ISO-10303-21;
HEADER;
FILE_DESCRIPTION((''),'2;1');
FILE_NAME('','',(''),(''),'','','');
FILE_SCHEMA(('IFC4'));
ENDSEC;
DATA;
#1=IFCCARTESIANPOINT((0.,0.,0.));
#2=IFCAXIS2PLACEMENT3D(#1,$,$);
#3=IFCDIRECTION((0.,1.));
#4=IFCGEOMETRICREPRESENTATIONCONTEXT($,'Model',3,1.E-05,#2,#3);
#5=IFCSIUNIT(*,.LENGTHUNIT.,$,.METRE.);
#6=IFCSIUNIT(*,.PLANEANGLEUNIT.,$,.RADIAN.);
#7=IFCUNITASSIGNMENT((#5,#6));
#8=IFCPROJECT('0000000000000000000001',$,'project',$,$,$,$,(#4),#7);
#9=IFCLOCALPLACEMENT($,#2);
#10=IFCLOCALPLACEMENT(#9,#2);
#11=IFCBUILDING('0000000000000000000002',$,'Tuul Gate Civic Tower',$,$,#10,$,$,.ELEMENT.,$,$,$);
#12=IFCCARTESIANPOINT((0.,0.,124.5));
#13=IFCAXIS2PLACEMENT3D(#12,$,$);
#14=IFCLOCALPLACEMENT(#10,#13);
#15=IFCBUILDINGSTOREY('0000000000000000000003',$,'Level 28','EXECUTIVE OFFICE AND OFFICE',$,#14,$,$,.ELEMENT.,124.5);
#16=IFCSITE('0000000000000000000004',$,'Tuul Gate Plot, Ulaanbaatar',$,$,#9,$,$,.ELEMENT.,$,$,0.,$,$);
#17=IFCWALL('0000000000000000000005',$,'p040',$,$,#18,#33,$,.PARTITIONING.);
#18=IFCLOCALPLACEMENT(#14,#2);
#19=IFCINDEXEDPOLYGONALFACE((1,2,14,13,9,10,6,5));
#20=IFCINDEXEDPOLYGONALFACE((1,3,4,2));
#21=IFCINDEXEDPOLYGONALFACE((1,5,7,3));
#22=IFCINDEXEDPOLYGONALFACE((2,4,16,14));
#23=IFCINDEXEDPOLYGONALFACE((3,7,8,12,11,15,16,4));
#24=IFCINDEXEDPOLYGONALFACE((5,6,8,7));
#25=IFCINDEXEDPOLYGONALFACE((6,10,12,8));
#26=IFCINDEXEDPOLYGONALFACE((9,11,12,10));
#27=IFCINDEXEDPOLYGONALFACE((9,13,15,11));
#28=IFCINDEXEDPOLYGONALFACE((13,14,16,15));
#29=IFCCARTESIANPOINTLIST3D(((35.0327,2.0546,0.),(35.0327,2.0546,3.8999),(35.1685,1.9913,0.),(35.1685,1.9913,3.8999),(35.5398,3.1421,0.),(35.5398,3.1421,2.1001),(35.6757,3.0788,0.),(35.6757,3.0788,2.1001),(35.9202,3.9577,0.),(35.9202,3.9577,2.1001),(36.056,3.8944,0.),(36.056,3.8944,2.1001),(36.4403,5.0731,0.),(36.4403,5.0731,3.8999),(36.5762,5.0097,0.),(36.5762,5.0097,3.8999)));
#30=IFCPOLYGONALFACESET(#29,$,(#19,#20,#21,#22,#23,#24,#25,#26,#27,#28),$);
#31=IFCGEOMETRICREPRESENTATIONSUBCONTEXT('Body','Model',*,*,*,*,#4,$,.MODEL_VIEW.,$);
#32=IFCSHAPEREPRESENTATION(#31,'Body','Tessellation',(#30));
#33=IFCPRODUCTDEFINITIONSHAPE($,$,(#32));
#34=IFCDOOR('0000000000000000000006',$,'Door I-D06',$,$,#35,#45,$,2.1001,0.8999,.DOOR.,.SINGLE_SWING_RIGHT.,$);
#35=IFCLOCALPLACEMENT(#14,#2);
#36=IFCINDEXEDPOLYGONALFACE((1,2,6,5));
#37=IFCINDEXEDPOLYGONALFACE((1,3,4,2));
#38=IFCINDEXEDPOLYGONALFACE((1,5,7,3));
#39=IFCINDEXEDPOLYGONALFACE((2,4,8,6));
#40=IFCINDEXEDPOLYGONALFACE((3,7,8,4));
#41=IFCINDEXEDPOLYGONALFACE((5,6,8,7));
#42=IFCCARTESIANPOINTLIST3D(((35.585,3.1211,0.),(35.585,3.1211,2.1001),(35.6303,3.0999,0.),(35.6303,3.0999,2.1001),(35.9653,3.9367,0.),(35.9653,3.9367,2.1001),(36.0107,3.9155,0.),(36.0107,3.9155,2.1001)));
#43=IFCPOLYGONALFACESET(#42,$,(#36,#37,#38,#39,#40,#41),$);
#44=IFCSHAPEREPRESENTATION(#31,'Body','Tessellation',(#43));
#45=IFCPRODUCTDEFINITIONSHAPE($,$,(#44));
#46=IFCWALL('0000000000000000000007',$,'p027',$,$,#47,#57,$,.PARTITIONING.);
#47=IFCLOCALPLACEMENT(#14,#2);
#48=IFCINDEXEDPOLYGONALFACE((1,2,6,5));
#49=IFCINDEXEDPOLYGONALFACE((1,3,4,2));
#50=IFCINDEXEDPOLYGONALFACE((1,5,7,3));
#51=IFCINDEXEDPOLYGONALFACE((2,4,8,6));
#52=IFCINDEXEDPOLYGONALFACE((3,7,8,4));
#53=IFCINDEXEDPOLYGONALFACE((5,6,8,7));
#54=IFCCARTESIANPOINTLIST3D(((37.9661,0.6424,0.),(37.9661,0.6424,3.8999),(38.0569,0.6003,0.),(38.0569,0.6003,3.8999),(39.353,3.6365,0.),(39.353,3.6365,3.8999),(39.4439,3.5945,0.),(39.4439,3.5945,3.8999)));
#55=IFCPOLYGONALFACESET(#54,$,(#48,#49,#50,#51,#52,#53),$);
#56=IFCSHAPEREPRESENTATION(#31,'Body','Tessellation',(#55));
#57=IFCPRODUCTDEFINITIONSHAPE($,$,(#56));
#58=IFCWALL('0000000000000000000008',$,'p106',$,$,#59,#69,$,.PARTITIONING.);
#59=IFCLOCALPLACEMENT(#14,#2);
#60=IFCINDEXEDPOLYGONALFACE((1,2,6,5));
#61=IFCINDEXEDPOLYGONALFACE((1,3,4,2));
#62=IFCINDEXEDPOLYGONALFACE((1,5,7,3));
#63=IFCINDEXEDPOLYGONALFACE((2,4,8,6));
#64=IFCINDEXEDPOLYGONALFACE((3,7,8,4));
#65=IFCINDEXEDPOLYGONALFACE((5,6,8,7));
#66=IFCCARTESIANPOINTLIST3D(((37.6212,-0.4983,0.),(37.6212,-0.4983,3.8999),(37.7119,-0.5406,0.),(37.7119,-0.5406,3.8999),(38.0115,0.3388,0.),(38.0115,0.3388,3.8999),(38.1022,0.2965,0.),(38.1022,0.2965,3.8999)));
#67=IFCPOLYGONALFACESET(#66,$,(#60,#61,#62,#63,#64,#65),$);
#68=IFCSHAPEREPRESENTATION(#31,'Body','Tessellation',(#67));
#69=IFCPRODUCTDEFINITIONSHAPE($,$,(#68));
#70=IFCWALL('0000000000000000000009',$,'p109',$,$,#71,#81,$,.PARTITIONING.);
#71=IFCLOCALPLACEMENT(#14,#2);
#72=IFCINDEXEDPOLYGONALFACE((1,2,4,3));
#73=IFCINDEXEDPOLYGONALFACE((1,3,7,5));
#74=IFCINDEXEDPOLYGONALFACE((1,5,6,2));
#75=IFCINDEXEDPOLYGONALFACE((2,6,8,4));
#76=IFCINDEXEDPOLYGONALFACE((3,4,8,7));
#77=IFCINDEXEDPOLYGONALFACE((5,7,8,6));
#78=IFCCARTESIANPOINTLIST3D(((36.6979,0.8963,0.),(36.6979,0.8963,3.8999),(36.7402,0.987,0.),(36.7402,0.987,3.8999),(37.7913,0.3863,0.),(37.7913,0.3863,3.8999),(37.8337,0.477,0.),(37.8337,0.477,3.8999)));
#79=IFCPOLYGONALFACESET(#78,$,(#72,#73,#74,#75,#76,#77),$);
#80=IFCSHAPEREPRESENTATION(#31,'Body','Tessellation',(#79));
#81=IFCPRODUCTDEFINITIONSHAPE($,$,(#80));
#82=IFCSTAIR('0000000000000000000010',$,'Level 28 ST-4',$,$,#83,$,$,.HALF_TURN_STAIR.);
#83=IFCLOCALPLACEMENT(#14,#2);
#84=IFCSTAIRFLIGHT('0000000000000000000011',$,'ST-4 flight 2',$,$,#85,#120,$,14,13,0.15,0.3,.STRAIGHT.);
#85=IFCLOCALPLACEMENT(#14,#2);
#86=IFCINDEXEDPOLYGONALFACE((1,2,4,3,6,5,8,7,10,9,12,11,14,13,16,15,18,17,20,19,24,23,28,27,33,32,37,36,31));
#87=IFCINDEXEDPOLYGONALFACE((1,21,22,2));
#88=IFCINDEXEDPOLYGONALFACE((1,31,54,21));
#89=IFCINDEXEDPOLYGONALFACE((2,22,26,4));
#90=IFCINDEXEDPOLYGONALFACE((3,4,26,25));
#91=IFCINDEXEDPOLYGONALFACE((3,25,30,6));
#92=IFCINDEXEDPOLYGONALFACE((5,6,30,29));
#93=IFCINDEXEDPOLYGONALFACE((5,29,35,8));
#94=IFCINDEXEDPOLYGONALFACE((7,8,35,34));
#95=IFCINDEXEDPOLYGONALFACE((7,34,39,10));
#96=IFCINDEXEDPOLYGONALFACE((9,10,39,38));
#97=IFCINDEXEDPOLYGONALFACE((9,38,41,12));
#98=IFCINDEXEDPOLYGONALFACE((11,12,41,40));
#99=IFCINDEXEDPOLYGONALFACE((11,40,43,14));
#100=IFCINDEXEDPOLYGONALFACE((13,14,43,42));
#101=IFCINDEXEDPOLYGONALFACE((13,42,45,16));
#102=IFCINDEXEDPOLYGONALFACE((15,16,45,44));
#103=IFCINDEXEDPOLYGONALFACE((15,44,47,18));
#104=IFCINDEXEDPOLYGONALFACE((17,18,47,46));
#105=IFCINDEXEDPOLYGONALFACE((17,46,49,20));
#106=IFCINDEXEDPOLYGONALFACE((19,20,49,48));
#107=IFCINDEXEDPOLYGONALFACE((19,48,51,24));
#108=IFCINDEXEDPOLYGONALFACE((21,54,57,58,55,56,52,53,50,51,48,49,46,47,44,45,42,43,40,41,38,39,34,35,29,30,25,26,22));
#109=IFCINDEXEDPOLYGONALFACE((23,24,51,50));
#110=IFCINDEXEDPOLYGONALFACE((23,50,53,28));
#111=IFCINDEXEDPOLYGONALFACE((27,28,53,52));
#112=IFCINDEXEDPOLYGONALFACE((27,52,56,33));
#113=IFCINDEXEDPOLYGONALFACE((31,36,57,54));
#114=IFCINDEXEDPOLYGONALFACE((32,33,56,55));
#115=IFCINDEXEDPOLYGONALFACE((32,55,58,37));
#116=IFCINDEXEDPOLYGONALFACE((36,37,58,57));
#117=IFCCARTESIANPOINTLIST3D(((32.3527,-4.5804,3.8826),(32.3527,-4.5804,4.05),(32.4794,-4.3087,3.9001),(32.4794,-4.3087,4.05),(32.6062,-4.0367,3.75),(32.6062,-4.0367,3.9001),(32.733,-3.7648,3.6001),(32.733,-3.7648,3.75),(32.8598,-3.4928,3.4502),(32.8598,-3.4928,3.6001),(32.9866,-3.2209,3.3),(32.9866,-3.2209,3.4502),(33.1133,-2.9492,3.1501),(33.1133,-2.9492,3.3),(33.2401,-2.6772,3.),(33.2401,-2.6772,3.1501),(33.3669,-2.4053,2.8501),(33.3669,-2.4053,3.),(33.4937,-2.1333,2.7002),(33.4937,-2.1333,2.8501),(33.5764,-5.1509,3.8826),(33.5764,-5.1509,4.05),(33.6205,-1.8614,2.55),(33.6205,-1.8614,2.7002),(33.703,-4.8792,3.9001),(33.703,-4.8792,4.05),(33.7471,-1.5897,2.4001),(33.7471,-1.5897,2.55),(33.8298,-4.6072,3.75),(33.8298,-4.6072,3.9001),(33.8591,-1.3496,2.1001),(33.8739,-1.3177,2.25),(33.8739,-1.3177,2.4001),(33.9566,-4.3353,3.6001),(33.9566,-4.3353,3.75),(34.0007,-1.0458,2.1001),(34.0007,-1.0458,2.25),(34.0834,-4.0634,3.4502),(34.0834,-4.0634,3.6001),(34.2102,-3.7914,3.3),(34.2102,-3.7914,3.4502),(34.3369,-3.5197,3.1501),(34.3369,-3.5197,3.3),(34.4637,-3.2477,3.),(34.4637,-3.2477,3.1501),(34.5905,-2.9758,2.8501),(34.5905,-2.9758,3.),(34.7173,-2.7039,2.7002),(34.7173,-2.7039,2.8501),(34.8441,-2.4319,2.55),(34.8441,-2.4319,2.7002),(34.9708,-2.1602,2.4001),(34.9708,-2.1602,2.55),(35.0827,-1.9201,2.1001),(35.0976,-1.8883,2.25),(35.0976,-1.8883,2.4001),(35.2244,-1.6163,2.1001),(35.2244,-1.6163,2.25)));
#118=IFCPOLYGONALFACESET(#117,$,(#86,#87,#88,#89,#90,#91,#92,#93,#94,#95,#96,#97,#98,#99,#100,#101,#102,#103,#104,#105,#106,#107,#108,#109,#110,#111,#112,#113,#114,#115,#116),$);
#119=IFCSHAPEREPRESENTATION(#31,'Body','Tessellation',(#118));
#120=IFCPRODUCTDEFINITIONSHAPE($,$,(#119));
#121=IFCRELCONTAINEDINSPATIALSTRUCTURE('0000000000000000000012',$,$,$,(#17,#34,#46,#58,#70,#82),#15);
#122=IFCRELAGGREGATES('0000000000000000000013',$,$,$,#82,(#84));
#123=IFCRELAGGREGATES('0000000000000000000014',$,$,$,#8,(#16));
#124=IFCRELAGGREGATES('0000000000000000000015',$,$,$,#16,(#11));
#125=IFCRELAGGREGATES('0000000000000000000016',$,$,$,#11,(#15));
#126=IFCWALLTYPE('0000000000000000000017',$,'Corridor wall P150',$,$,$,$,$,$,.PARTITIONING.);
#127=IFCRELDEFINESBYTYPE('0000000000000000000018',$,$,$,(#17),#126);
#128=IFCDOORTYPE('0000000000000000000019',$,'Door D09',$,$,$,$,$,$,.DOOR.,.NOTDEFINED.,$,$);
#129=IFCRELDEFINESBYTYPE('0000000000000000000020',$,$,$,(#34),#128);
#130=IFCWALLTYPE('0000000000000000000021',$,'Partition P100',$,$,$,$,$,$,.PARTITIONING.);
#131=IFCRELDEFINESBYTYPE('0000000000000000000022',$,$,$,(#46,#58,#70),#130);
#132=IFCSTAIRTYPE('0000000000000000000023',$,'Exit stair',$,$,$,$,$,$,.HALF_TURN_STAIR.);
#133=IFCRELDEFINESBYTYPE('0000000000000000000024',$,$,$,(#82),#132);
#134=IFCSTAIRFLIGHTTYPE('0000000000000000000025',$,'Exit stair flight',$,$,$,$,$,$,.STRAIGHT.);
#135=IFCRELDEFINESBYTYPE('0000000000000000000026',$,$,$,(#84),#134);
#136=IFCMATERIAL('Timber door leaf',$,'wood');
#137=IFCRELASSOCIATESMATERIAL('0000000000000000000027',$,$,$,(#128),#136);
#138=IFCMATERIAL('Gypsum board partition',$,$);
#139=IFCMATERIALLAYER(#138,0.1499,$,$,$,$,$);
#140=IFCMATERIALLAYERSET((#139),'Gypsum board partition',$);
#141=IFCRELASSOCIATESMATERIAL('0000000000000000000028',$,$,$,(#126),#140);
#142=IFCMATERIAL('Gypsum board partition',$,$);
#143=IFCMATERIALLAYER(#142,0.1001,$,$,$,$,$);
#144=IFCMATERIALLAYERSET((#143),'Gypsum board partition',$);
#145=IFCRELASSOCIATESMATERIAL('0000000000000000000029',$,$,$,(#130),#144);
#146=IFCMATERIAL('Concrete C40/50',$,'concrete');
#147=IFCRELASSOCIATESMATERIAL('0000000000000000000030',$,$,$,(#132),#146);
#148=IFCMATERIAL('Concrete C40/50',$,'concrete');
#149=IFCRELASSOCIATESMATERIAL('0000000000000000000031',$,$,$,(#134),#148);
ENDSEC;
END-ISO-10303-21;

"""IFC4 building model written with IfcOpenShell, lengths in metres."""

from ifc_helpers import new_model, si_unit, direction, frame, frame_2d, origin, place, context, subcontext, project, spatial, polyline, rectangle, outline, extrude, material, layer, layer_set, type_object, element, fill, aggregate, save


model = new_model("IFC4")

# Units and contexts
model_context = context("Model", 3, precision=1e-05, world=origin(), true_north=direction((0.0, 1.0)))
body_context = subcontext(model_context, "Body", "Model", "MODEL_VIEW")
ifc_project = project(units=[si_unit("LENGTHUNIT", "METRE"), si_unit("PLANEANGLEUNIT", "RADIAN")], contexts=[model_context])

# Site, building, storey
site_placement = place(None, origin())
site = spatial("IfcSite", under=ifc_project, at=site_placement, Name="Tuul Gate Plot, Ulaanbaatar", CompositionType="ELEMENT", RefElevation=0.0)
building_placement = place(site_placement, origin())
building = spatial("IfcBuilding", under=site, at=building_placement, Name="Tuul Gate Civic Tower", CompositionType="ELEMENT")
storey_placement = place(building_placement, frame((0.0, 0.0, 124.5)))
storey = spatial("IfcBuildingStorey", under=building, at=storey_placement, Name="Level 28", Description="EXECUTIVE OFFICE AND OFFICE", CompositionType="ELEMENT", Elevation=124.5)

# Shared definitions
ifc_material_1 = material(Name="Timber door leaf", Category="wood")
door_type = type_object("IfcDoorType", Name="Door D09", OperationType="NOTDEFINED", PredefinedType="DOOR", material=ifc_material_1)

# Shared definitions
ifc_material_2 = material(Name="Gypsum board partition")
ifc_layer_1 = layer(ifc_material_2, 0.1499)
ifc_layer_set_1 = layer_set([ifc_layer_1], Name="Gypsum board partition")
wall_type_1 = type_object("IfcWallType", Name="Corridor wall P150", PredefinedType="PARTITIONING", material=ifc_layer_set_1)

# Wall, opening, door
wall_1_placement = place(storey_placement, frame((35.1006, 2.0229, 0.0), z_axis=(0.0, 0.0, 1.0), x_axis=(0.422653, 0.906292, 0.0)))
wall_1 = element("IfcWall", 1, at=wall_1_placement, inside=storey, type_object=wall_type_1, Name="p040", PredefinedType="PARTITIONING", context=body_context, shape_type="SweptSolid", body=[
    extrude(rectangle(XDim=3.3306, YDim=0.1499, at=frame_2d((1.6653, 0.0))), origin(), (0.0, 0.0, 1.0), 3.8999),
])
opening_1_placement = place(wall_1_placement, frame((1.2, 0.0, 0.0)))
opening_1 = element("IfcOpeningElement", 2, at=opening_1_placement, cuts=wall_1, PredefinedType="OPENING", context=body_context, shape_type="SweptSolid", body=[
    extrude(rectangle(XDim=0.8999, YDim=2.1001, at=frame_2d((0.45, 1.05))), frame((0.0, 0.085, 0.0), z_axis=(0.0, -1.0, 0.0), x_axis=(1.0, 0.0, 0.0)), (0.0, 0.0, 1.0), 0.1699),
])
door_1_placement = place(opening_1_placement, frame((0.8999, 0.0, 0.0), z_axis=(0.0, 0.0, 1.0), x_axis=(-1.0, 0.0, 0.0)))
door_1 = element("IfcDoor", 3, at=door_1_placement, inside=storey, type_object=door_type, Name="Door I-D06", OperationType="SINGLE_SWING_RIGHT", OverallHeight=2.1001, OverallWidth=0.8999, PredefinedType="DOOR", context=body_context, shape_type="SweptSolid", body=[
    extrude(rectangle(XDim=0.8999, YDim=2.1001, at=frame_2d((0.45, 1.05))), frame((0.0, 0.0249, 0.0), z_axis=(0.0, -1.0, 0.0), x_axis=(1.0, 0.0, 0.0)), (0.0, 0.0, 1.0), 0.05),
])
fill(opening_1, door_1)

# Walls
ifc_material_3 = material(Name="Gypsum board partition")
ifc_layer_2 = layer(ifc_material_3, 0.1001)
ifc_layer_set_2 = layer_set([ifc_layer_2], Name="Gypsum board partition")
wall_type_2 = type_object("IfcWallType", Name="Partition P100", PredefinedType="PARTITIONING", material=ifc_layer_set_2)
wall_2_placement = place(storey_placement, frame((38.0115, 0.6213, 0.0), z_axis=(0.0, 0.0, 1.0), x_axis=(0.42032, 0.907376, 0.0)))
element("IfcWall", 4, at=wall_2_placement, inside=storey, type_object=wall_type_2, Name="p027", PredefinedType="PARTITIONING", context=body_context, shape_type="SweptSolid", body=[
    extrude(rectangle(XDim=3.2998, YDim=0.1001, at=frame_2d((1.6499, 0.0))), origin(), (0.0, 0.0, 1.0), 3.8999),
])
wall_3_placement = place(storey_placement, frame((37.6665, -0.5195, 0.0), z_axis=(0.0, 0.0, 1.0), x_axis=(0.422625, 0.906305, 0.0)))
element("IfcWall", 5, at=wall_3_placement, inside=storey, type_object=wall_type_2, Name="p106", PredefinedType="PARTITIONING", context=body_context, shape_type="SweptSolid", body=[
    extrude(rectangle(XDim=0.9236, YDim=0.1001, at=frame_2d((0.4619, 0.0))), origin(), (0.0, 0.0, 1.0), 3.8999),
])
wall_4_placement = place(storey_placement, frame((37.8125, 0.4316, 0.0), z_axis=(0.0, 0.0, 1.0), x_axis=(-0.906276, 0.422686, 0.0)))
element("IfcWall", 6, at=wall_4_placement, inside=storey, type_object=wall_type_2, Name="p109", PredefinedType="PARTITIONING", context=body_context, shape_type="SweptSolid", body=[
    extrude(rectangle(XDim=1.2065, YDim=0.1001, at=frame_2d((0.6033, 0.0))), origin(), (0.0, 0.0, 1.0), 3.8999),
])

# Stair, stair flight
ifc_material_4 = material(Name="Concrete C40/50", Category="concrete")
stair_type = type_object("IfcStairType", Name="Exit stair", PredefinedType="HALF_TURN_STAIR", material=ifc_material_4)
stair_placement = place(storey_placement, origin())
stair = element("IfcStair", 7, at=stair_placement, inside=storey, type_object=stair_type, Name="Level 28 ST-4", PredefinedType="HALF_TURN_STAIR")
ifc_material_5 = material(Name="Concrete C40/50", Category="concrete")
stair_flight_type = type_object("IfcStairFlightType", Name="Exit stair flight", PredefinedType="STRAIGHT", material=ifc_material_5)
stair_flight_placement = place(storey_placement, frame((34.6125, -1.3311, 2.1001), z_axis=(0.0, 0.0, 1.0), x_axis=(-0.422576, -0.906327, 0.0)))
stair_flight = element("IfcStairFlight", 8, at=stair_flight_placement, type_object=stair_flight_type, Name="ST-4 flight 2", NumberOfRisers=14, NumberOfTreads=13, PredefinedType="STRAIGHT", RiserHeight=0.15, TreadLength=0.3, context=body_context, shape_type="SweptSolid", body=[
    extrude(outline(polyline([(0.0, 0.0), (0.0, 0.1499), (0.3, 0.1499), (0.3, 0.3), (0.6001, 0.3), (0.6001, 0.45), (0.8999, 0.45), (0.8999, 0.6001), (1.2, 0.6001), (1.2, 0.75), (1.5, 0.75), (1.5, 0.8999), (1.8, 0.8999), (1.8, 1.05), (2.1001, 1.05), (2.1001, 1.2), (2.3999, 1.2), (2.3999, 1.3501), (2.7, 1.3501), (2.7, 1.5), (3.0, 1.5), (3.0, 1.6499), (3.3, 1.6499), (3.3, 1.8), (3.6001, 1.8), (3.6001, 1.95), (3.8999, 1.95), (3.8999, 2.1001), (3.8999, 1.7825), (0.3352, 0.0), (0.0, 0.0)])), frame((0.0, 0.675, 0.0), z_axis=(0.0, -1.0, 0.0), x_axis=(1.0, 0.0, 0.0)), (0.0, 0.0, 1.0), 1.3501),
])
aggregate(stair, [stair_flight])

save(model, "model.ifc")
